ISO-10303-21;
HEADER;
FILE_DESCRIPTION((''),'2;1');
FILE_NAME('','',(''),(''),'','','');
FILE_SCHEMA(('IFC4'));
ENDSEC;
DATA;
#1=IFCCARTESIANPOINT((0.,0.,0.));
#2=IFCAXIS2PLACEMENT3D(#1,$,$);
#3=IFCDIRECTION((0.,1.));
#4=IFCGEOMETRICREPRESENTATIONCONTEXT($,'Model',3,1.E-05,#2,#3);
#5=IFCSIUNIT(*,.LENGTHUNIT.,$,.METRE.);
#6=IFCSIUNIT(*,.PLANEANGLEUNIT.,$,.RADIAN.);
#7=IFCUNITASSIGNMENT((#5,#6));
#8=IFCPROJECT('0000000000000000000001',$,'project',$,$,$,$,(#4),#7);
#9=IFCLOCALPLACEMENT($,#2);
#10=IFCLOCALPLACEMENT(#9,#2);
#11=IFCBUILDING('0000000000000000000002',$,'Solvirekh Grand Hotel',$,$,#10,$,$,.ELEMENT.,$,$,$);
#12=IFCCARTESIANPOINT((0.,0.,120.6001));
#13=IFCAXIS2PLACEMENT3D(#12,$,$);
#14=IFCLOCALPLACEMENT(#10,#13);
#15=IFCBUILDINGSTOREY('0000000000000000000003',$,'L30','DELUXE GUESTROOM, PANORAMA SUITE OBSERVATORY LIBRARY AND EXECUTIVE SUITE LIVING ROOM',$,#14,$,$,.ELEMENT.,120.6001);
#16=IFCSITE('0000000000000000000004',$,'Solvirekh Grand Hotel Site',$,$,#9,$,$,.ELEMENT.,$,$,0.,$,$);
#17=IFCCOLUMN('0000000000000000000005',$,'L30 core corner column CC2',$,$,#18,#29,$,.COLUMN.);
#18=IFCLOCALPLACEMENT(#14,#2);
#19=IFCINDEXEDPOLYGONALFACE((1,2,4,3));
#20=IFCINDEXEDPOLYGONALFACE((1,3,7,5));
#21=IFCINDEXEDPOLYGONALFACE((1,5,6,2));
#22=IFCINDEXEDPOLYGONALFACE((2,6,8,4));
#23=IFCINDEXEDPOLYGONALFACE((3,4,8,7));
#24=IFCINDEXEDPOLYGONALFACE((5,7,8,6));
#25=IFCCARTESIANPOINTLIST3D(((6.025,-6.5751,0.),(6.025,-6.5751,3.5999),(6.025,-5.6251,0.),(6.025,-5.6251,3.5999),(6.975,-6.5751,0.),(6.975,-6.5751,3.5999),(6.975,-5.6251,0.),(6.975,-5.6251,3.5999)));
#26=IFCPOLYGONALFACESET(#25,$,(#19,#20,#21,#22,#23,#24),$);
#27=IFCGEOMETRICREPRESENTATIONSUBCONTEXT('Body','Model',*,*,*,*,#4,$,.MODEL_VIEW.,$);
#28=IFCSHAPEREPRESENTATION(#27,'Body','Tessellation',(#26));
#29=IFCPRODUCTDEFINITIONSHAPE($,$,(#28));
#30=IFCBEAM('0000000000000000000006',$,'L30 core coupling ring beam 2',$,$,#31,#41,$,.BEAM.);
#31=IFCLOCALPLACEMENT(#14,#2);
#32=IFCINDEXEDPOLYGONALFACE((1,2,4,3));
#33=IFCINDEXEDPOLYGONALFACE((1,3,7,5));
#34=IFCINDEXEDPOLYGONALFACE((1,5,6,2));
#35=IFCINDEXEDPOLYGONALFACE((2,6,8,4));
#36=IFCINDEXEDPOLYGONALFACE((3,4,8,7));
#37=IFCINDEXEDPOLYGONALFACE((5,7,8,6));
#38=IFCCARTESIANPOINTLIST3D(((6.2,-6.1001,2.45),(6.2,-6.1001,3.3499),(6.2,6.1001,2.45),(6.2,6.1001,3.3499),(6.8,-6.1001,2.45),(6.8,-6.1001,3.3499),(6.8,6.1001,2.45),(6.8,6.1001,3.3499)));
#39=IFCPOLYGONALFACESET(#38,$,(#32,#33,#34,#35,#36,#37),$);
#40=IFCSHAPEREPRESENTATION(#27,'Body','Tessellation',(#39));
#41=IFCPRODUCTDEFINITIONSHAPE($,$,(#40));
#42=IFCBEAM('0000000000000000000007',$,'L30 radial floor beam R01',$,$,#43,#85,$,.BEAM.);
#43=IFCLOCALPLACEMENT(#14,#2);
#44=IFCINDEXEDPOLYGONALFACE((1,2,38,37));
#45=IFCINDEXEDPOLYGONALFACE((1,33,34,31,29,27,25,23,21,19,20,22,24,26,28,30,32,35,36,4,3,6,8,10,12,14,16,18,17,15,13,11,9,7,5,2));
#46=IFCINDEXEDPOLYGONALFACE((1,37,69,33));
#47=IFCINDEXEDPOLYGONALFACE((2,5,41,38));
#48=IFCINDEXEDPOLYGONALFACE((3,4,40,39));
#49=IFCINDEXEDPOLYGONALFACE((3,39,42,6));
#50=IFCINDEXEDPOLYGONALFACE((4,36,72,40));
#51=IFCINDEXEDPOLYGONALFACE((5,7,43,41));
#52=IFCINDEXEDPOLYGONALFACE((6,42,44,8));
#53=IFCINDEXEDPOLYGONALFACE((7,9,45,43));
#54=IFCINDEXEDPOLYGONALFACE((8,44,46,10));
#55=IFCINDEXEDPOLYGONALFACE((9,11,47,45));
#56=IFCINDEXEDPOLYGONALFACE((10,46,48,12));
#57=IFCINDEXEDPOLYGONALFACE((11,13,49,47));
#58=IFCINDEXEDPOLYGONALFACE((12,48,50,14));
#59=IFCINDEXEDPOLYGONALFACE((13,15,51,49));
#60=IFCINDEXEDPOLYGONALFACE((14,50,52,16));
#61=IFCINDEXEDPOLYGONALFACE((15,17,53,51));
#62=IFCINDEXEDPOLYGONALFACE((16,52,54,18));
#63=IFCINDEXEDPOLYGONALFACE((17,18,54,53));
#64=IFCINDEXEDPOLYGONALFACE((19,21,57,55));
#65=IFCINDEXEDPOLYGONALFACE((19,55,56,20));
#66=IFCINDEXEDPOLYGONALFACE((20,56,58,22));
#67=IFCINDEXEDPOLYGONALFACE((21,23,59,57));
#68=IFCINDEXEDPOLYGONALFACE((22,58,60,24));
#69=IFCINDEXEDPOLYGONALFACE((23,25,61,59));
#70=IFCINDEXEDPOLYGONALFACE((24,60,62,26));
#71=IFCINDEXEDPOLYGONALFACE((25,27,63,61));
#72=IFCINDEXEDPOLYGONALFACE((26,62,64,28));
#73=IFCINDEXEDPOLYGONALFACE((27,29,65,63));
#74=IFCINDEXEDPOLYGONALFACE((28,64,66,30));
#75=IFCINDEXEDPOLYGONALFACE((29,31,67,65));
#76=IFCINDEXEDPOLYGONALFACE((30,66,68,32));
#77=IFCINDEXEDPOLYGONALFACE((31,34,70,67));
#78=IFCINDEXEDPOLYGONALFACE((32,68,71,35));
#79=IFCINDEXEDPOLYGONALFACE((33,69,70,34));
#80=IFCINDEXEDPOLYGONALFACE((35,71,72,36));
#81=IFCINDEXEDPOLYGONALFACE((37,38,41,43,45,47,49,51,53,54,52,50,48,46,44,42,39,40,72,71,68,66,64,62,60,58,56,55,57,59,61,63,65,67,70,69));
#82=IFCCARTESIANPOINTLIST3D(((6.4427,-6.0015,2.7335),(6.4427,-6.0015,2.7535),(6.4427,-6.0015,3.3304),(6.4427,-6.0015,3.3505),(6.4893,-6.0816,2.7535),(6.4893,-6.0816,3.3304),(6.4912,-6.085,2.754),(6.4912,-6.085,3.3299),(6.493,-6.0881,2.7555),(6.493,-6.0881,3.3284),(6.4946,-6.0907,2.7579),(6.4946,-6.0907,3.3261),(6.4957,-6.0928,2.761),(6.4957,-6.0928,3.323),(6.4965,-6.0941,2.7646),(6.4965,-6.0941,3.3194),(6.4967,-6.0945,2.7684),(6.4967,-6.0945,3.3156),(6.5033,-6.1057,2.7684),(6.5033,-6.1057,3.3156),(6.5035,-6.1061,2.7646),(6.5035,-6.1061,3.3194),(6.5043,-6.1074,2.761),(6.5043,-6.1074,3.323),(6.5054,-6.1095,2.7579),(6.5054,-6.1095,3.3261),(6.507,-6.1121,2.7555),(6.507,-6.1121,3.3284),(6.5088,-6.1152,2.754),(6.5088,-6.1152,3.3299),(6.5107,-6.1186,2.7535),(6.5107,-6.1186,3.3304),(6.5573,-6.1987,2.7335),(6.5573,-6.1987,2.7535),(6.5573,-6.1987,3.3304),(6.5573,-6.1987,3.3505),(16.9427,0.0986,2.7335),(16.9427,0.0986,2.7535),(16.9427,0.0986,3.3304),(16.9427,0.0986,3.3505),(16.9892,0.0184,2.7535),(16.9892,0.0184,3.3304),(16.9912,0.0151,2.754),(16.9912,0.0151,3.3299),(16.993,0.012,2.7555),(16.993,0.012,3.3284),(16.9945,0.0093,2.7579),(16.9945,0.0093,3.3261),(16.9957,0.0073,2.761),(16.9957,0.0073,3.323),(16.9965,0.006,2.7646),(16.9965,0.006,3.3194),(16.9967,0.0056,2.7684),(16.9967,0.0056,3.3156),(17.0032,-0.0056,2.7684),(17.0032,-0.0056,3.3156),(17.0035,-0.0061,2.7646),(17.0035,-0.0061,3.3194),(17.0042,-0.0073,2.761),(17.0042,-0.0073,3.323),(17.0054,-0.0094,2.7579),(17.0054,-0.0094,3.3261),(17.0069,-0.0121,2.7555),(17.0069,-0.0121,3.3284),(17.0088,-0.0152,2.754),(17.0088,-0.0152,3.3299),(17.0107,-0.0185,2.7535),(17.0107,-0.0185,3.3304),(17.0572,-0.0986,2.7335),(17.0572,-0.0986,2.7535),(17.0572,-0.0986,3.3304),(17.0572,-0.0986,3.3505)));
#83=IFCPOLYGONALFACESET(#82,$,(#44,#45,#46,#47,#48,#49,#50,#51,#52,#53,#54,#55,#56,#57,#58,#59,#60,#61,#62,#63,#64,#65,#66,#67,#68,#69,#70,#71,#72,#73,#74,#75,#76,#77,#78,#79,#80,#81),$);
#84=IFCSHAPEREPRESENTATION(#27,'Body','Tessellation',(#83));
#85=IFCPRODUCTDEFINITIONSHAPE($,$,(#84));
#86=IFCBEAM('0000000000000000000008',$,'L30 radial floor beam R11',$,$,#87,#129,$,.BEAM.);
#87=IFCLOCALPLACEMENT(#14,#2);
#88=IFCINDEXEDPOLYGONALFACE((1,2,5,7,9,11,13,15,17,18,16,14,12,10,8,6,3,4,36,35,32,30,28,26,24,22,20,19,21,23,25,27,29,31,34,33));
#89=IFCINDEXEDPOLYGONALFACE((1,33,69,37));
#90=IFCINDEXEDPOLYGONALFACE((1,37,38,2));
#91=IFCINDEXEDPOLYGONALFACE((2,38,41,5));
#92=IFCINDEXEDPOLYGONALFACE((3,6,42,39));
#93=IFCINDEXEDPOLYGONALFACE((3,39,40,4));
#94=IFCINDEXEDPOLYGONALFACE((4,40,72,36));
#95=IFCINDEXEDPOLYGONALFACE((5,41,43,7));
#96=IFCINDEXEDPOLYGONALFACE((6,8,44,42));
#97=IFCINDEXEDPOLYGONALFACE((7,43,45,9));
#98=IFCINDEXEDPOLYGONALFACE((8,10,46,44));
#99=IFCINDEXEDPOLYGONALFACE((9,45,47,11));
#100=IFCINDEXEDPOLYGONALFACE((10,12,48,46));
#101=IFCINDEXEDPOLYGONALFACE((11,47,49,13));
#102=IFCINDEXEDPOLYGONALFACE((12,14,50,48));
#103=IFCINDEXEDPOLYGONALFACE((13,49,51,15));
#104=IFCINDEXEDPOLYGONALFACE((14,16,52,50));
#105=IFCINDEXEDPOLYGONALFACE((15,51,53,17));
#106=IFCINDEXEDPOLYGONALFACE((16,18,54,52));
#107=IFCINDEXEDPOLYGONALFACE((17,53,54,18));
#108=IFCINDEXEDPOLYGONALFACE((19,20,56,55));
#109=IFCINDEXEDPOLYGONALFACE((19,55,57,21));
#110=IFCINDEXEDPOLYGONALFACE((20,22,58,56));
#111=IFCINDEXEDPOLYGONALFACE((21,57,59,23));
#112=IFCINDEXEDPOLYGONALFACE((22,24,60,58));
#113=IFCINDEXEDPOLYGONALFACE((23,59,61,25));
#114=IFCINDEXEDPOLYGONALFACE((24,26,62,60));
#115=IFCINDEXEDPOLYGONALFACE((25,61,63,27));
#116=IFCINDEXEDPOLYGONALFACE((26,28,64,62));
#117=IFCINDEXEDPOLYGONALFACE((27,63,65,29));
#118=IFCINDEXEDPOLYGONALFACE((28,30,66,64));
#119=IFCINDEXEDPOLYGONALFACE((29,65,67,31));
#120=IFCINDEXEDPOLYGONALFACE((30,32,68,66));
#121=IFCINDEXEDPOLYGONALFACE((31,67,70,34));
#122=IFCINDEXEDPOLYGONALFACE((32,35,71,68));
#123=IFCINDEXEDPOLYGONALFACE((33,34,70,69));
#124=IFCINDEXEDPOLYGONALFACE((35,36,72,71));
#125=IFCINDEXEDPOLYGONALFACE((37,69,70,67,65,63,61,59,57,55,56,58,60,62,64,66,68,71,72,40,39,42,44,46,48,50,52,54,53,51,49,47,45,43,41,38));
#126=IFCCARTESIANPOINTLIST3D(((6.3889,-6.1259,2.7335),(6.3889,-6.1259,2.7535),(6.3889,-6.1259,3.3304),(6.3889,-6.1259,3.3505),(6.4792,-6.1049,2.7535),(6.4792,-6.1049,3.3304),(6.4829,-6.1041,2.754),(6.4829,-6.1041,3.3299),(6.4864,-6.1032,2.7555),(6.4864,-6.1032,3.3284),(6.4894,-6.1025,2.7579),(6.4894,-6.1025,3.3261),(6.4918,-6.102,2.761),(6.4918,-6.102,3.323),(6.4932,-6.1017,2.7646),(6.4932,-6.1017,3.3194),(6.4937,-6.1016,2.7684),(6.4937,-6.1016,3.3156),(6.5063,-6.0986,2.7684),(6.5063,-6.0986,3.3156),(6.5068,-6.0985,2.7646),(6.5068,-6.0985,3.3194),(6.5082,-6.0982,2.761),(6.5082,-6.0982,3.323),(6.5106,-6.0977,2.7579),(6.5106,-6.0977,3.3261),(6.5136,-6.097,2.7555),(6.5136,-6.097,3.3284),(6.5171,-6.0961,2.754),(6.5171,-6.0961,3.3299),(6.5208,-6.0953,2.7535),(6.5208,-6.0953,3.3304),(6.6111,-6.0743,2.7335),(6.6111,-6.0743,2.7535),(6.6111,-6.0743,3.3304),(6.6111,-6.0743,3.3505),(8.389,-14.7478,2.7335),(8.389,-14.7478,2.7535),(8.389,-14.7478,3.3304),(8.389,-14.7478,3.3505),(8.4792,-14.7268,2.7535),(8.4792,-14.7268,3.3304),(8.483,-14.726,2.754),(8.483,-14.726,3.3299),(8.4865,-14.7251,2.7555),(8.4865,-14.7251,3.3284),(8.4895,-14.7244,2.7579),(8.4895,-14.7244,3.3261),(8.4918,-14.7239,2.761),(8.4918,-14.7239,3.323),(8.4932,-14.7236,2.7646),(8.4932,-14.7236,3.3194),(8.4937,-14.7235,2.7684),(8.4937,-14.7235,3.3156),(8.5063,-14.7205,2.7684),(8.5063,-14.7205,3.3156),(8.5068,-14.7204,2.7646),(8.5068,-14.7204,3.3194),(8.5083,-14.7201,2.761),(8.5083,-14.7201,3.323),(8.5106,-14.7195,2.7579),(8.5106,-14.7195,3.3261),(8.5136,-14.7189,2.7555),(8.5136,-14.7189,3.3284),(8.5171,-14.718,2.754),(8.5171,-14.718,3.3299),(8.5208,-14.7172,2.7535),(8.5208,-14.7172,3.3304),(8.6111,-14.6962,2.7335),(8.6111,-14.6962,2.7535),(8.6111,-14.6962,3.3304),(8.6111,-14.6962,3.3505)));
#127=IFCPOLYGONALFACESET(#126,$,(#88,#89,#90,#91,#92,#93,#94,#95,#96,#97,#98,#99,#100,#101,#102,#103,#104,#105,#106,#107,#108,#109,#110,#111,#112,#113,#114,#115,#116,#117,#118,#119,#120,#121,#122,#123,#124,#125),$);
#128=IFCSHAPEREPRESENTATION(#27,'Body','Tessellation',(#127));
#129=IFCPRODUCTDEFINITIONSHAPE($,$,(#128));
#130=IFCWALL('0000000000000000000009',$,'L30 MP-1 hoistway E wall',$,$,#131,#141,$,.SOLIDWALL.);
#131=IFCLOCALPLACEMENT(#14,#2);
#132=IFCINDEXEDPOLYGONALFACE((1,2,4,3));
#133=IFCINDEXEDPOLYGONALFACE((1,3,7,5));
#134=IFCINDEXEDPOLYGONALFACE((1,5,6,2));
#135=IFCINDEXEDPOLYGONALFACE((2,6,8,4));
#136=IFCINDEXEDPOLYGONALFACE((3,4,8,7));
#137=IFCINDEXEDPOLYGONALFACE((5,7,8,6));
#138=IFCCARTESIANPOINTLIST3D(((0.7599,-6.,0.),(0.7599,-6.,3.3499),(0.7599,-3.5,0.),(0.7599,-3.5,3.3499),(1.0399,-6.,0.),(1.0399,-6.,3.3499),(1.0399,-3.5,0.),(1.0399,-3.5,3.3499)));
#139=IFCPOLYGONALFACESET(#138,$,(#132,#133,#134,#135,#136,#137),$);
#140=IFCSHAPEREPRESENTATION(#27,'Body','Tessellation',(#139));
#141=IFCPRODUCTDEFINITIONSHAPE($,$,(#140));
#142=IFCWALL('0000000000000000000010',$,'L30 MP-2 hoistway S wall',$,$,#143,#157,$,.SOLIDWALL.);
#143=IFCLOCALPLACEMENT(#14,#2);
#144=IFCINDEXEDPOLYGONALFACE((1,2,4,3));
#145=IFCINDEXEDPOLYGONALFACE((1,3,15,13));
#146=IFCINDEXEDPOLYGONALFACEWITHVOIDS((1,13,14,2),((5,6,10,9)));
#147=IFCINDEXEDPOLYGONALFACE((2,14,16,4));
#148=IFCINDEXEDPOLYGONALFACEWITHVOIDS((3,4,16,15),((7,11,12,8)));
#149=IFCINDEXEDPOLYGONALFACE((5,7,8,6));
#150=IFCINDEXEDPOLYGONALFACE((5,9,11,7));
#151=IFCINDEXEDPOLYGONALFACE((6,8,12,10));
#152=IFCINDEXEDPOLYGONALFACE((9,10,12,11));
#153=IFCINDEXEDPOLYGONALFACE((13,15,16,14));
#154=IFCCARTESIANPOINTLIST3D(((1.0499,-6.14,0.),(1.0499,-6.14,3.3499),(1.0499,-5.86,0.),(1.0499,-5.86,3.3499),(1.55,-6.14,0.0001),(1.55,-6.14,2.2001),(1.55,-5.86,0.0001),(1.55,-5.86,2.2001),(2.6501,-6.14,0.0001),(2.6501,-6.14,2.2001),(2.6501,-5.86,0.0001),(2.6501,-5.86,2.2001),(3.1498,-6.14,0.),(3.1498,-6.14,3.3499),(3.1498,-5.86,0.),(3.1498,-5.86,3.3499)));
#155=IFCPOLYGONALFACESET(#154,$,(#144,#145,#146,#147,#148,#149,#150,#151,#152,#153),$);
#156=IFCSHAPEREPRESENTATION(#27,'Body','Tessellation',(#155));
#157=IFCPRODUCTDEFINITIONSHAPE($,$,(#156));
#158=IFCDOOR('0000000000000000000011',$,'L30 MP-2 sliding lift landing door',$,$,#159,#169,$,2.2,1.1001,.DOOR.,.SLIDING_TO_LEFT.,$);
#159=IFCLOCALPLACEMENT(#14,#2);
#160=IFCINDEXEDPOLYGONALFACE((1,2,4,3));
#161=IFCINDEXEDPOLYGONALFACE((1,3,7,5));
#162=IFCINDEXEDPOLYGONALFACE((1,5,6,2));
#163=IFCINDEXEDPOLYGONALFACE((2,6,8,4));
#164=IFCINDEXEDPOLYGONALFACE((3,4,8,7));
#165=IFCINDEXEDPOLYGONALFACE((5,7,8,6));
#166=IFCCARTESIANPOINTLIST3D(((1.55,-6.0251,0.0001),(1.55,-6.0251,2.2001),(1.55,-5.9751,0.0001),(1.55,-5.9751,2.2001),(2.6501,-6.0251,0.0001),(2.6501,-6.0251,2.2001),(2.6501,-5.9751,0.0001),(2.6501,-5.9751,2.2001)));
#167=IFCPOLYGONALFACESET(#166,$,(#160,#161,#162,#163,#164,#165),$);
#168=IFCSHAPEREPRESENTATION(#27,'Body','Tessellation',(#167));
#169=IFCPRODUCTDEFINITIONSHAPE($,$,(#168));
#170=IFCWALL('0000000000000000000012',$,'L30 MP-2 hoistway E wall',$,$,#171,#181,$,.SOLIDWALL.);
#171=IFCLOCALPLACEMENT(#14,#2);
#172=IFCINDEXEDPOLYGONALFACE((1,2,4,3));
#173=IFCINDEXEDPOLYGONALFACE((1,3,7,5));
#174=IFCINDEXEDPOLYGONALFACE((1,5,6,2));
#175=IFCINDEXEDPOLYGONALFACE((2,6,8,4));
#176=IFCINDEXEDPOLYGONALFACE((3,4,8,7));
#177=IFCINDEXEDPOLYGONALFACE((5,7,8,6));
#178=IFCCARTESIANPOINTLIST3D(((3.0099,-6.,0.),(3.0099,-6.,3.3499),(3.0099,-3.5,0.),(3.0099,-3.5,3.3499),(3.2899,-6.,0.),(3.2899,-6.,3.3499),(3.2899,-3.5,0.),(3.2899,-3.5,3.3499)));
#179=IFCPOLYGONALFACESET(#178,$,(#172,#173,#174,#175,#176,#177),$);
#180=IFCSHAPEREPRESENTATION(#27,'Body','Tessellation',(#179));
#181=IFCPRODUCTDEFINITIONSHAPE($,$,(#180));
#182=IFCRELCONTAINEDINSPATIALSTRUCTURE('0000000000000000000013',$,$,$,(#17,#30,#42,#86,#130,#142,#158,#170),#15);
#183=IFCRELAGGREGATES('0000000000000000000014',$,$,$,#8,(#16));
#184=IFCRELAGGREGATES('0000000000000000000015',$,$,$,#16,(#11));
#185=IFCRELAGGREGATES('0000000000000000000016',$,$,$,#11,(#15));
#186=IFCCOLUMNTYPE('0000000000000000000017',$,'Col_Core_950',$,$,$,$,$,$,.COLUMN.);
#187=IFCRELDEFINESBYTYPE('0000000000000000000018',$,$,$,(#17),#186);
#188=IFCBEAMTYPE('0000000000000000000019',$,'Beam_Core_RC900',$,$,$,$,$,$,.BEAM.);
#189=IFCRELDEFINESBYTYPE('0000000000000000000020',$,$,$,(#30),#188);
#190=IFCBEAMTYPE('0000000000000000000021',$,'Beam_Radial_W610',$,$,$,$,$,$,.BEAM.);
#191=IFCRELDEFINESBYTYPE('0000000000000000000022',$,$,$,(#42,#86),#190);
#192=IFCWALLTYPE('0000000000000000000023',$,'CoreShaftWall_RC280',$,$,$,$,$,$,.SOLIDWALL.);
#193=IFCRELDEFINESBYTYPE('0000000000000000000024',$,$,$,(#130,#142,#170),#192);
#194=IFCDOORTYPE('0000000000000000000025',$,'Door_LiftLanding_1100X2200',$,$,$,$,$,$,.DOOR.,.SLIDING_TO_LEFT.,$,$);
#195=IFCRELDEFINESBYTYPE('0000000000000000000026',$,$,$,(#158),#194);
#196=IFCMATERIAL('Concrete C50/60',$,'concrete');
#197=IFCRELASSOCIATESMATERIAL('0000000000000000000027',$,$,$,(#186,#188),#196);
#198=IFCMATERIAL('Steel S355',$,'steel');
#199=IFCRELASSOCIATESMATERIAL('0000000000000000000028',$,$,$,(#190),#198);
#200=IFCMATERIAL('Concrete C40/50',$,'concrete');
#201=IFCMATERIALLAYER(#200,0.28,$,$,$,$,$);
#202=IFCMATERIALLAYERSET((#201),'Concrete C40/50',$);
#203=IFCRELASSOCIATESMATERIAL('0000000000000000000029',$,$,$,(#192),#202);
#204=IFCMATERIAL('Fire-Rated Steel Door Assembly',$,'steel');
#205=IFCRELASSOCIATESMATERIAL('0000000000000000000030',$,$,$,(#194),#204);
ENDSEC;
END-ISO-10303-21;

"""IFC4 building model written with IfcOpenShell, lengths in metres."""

from ifc_helpers import new_model, si_unit, direction, frame, frame_2d, origin, origin_2d, place, context, subcontext, project, spatial, rectangle, i_section, extrude, material, layer, layer_set, material_profile, profile_set, type_object, element, fill, save


model = new_model("IFC4")

# Units and contexts
model_context = context("Model", 3, precision=1e-05, world=origin(), true_north=direction((0.0, 1.0)))
body_context = subcontext(model_context, "Body", "Model", "MODEL_VIEW")
ifc_project = project(units=[si_unit("LENGTHUNIT", "METRE"), si_unit("PLANEANGLEUNIT", "RADIAN")], contexts=[model_context])

# Site, building, storey
site_placement = place(None, origin())
site = spatial("IfcSite", under=ifc_project, at=site_placement, Name="Solvirekh Grand Hotel Site", CompositionType="ELEMENT", RefElevation=0.0)
building_placement = place(site_placement, origin())
building = spatial("IfcBuilding", under=site, at=building_placement, Name="Solvirekh Grand Hotel", CompositionType="ELEMENT")
storey_placement = place(building_placement, frame((0.0, 0.0, 120.6001)))
storey = spatial("IfcBuildingStorey", under=building, at=storey_placement, Name="L30", Description="DELUXE GUESTROOM, PANORAMA SUITE OBSERVATORY LIBRARY AND EXECUTIVE SUITE LIVING ROOM", CompositionType="ELEMENT", Elevation=120.6001)

# Column
ifc_material_1 = material(Name="Concrete C50/60", Category="concrete")
ifc_material_profile_1 = material_profile(ifc_material_1, rectangle(XDim=0.95, YDim=0.95, at=origin_2d()), Name="RC 950X950")
ifc_profile_set_1 = profile_set([ifc_material_profile_1], Name="Concrete C50/60")
column_type = type_object("IfcColumnType", Name="Col_Core_950", PredefinedType="COLUMN", material=ifc_profile_set_1)
column_placement = place(storey_placement, frame((6.5, -6.1001, 0.0), z_axis=(0.0, 0.0, 1.0), x_axis=(1.0, 0.0, 0.0)))
element("IfcColumn", 1, at=column_placement, inside=storey, type_object=column_type, Name="L30 core corner column CC2", PredefinedType="COLUMN", context=body_context, shape_type="SweptSolid", body=[
    extrude(rectangle(XDim=0.95, YDim=0.95, at=origin_2d()), origin(), (0.0, 0.0, 1.0), 3.5999),
])

# Beams
ifc_material_profile_2 = material_profile(ifc_material_1, rectangle(XDim=0.6001, YDim=0.8999, at=origin_2d()), Name="RC BEAM 600X900")
ifc_profile_set_2 = profile_set([ifc_material_profile_2], Name="Concrete C50/60")
beam_type_1 = type_object("IfcBeamType", Name="Beam_Core_RC900", PredefinedType="BEAM", material=ifc_profile_set_2)
beam_1_placement = place(storey_placement, frame((6.5, -6.1001, 2.8999), z_axis=(0.0, 1.0, 0.0), x_axis=(-1.0, 0.0, 0.0)))
element("IfcBeam", 2, at=beam_1_placement, inside=storey, type_object=beam_type_1, Name="L30 core coupling ring beam 2", PredefinedType="BEAM", context=body_context, shape_type="SweptSolid", body=[
    extrude(rectangle(XDim=0.6001, YDim=0.8999, at=origin_2d()), origin(), (0.0, 0.0, 1.0), 12.2002),
])
ifc_material_2 = material(Name="Steel S355", Category="steel")
ifc_material_profile_3 = material_profile(ifc_material_2, i_section(OverallWidth=0.228, OverallDepth=0.6169, WebThickness=0.0129, FlangeThickness=0.02, FilletRadius=0.0149, at=origin_2d()), Name="W610X140")
ifc_profile_set_3 = profile_set([ifc_material_profile_3], Name="Steel S355")
beam_type_2 = type_object("IfcBeamType", Name="Beam_Radial_W610", PredefinedType="BEAM", material=ifc_profile_set_3)
beam_2_placement = place(storey_placement, frame((6.5, -6.1001, 3.042), z_axis=(0.86467, 0.50234, 0.0), x_axis=(-0.50234, 0.86467, 0.0)))
element("IfcBeam", 3, at=beam_2_placement, inside=storey, type_object=beam_type_2, Name="L30 radial floor beam R01", PredefinedType="BEAM", context=body_context, shape_type="SweptSolid", body=[
    extrude(i_section(OverallWidth=0.228, OverallDepth=0.6169, WebThickness=0.0129, FlangeThickness=0.02, FilletRadius=0.0149, at=origin_2d()), origin(), (0.0, 0.0, 1.0), 12.1433),
])
beam_3_placement = place(storey_placement, frame((6.5, -6.1001, 3.042), z_axis=(0.225969, -0.974134, 0.0), x_axis=(0.974134, 0.225969, 0.0)))
element("IfcBeam", 4, at=beam_3_placement, inside=storey, type_object=beam_type_2, Name="L30 radial floor beam R11", PredefinedType="BEAM", context=body_context, shape_type="SweptSolid", body=[
    extrude(i_section(OverallWidth=0.228, OverallDepth=0.6169, WebThickness=0.0129, FlangeThickness=0.02, FilletRadius=0.0149, at=origin_2d()), origin(), (0.0, 0.0, 1.0), 8.8508),
])

# Wall
ifc_material_3 = material(Name="Concrete C40/50", Category="concrete")
ifc_layer_1 = layer(ifc_material_3, 0.28)
ifc_layer_set_1 = layer_set([ifc_layer_1], Name="Concrete C40/50")
wall_type_1 = type_object("IfcWallType", Name="CoreShaftWall_RC280", PredefinedType="SOLIDWALL", material=ifc_layer_set_1)
wall_1_placement = place(storey_placement, frame((0.8999, -6.0, 0.0), z_axis=(0.0, 0.0, 1.0), x_axis=(0.0, 1.0, 0.0)))
element("IfcWall", 5, at=wall_1_placement, inside=storey, type_object=wall_type_1, Name="L30 MP-1 hoistway E wall", PredefinedType="SOLIDWALL", context=body_context, shape_type="SweptSolid", body=[
    extrude(rectangle(XDim=2.5, YDim=0.28, at=frame_2d((1.25, 0.0))), origin(), (0.0, 0.0, 1.0), 3.3499),
])

# Wall, opening, door
wall_2_placement = place(storey_placement, frame((1.05, -6.0, 0.0), z_axis=(0.0, 0.0, 1.0), x_axis=(1.0, 0.0, 0.0)))
wall_2 = element("IfcWall", 6, at=wall_2_placement, inside=storey, type_object=wall_type_1, Name="L30 MP-2 hoistway S wall", PredefinedType="SOLIDWALL", context=body_context, shape_type="SweptSolid", body=[
    extrude(rectangle(XDim=2.0999, YDim=0.28, at=frame_2d((1.0498, 0.0))), origin(), (0.0, 0.0, 1.0), 3.3499),
])
opening_1_placement = place(wall_2_placement, frame((0.5, 0.0, 0.0)))
opening_1 = element("IfcOpeningElement", 7, at=opening_1_placement, cuts=wall_2, PredefinedType="OPENING", context=body_context, shape_type="SweptSolid", body=[
    extrude(rectangle(XDim=1.1001, YDim=2.2, at=frame_2d((0.55, 1.1001))), frame((0.0, 0.1499, 0.0), z_axis=(0.0, -1.0, 0.0), x_axis=(1.0, 0.0, 0.0)), (0.0, 0.0, 1.0), 0.3),
])
ifc_material_4 = material(Name="Fire-Rated Steel Door Assembly", Category="steel")
door_type_1 = type_object("IfcDoorType", Name="Door_LiftLanding_1100X2200", OperationType="SLIDING_TO_LEFT", PredefinedType="DOOR", material=ifc_material_4)
door_1_placement = place(opening_1_placement, origin())
door_1 = element("IfcDoor", 8, at=door_1_placement, inside=storey, type_object=door_type_1, Name="L30 MP-2 sliding lift landing door", OperationType="SLIDING_TO_LEFT", OverallHeight=2.2, OverallWidth=1.1001, PredefinedType="DOOR", context=body_context, shape_type="SweptSolid", body=[
    extrude(rectangle(XDim=1.1001, YDim=2.2, at=frame_2d((0.55, 1.1001))), frame((0.0, 0.0249, 0.0), z_axis=(0.0, -1.0, 0.0), x_axis=(1.0, 0.0, 0.0)), (0.0, 0.0, 1.0), 0.05),
])
fill(opening_1, door_1)

# Wall
wall_3_placement = place(storey_placement, frame((3.1499, -6.0, 0.0), z_axis=(0.0, 0.0, 1.0), x_axis=(0.0, 1.0, 0.0)))
element("IfcWall", 9, at=wall_3_placement, inside=storey, type_object=wall_type_1, Name="L30 MP-2 hoistway E wall", PredefinedType="SOLIDWALL", context=body_context, shape_type="SweptSolid", body=[
    extrude(rectangle(XDim=2.5, YDim=0.28, at=frame_2d((1.25, 0.0))), origin(), (0.0, 0.0, 1.0), 3.3499),
])

save(model, "model.ifc")
